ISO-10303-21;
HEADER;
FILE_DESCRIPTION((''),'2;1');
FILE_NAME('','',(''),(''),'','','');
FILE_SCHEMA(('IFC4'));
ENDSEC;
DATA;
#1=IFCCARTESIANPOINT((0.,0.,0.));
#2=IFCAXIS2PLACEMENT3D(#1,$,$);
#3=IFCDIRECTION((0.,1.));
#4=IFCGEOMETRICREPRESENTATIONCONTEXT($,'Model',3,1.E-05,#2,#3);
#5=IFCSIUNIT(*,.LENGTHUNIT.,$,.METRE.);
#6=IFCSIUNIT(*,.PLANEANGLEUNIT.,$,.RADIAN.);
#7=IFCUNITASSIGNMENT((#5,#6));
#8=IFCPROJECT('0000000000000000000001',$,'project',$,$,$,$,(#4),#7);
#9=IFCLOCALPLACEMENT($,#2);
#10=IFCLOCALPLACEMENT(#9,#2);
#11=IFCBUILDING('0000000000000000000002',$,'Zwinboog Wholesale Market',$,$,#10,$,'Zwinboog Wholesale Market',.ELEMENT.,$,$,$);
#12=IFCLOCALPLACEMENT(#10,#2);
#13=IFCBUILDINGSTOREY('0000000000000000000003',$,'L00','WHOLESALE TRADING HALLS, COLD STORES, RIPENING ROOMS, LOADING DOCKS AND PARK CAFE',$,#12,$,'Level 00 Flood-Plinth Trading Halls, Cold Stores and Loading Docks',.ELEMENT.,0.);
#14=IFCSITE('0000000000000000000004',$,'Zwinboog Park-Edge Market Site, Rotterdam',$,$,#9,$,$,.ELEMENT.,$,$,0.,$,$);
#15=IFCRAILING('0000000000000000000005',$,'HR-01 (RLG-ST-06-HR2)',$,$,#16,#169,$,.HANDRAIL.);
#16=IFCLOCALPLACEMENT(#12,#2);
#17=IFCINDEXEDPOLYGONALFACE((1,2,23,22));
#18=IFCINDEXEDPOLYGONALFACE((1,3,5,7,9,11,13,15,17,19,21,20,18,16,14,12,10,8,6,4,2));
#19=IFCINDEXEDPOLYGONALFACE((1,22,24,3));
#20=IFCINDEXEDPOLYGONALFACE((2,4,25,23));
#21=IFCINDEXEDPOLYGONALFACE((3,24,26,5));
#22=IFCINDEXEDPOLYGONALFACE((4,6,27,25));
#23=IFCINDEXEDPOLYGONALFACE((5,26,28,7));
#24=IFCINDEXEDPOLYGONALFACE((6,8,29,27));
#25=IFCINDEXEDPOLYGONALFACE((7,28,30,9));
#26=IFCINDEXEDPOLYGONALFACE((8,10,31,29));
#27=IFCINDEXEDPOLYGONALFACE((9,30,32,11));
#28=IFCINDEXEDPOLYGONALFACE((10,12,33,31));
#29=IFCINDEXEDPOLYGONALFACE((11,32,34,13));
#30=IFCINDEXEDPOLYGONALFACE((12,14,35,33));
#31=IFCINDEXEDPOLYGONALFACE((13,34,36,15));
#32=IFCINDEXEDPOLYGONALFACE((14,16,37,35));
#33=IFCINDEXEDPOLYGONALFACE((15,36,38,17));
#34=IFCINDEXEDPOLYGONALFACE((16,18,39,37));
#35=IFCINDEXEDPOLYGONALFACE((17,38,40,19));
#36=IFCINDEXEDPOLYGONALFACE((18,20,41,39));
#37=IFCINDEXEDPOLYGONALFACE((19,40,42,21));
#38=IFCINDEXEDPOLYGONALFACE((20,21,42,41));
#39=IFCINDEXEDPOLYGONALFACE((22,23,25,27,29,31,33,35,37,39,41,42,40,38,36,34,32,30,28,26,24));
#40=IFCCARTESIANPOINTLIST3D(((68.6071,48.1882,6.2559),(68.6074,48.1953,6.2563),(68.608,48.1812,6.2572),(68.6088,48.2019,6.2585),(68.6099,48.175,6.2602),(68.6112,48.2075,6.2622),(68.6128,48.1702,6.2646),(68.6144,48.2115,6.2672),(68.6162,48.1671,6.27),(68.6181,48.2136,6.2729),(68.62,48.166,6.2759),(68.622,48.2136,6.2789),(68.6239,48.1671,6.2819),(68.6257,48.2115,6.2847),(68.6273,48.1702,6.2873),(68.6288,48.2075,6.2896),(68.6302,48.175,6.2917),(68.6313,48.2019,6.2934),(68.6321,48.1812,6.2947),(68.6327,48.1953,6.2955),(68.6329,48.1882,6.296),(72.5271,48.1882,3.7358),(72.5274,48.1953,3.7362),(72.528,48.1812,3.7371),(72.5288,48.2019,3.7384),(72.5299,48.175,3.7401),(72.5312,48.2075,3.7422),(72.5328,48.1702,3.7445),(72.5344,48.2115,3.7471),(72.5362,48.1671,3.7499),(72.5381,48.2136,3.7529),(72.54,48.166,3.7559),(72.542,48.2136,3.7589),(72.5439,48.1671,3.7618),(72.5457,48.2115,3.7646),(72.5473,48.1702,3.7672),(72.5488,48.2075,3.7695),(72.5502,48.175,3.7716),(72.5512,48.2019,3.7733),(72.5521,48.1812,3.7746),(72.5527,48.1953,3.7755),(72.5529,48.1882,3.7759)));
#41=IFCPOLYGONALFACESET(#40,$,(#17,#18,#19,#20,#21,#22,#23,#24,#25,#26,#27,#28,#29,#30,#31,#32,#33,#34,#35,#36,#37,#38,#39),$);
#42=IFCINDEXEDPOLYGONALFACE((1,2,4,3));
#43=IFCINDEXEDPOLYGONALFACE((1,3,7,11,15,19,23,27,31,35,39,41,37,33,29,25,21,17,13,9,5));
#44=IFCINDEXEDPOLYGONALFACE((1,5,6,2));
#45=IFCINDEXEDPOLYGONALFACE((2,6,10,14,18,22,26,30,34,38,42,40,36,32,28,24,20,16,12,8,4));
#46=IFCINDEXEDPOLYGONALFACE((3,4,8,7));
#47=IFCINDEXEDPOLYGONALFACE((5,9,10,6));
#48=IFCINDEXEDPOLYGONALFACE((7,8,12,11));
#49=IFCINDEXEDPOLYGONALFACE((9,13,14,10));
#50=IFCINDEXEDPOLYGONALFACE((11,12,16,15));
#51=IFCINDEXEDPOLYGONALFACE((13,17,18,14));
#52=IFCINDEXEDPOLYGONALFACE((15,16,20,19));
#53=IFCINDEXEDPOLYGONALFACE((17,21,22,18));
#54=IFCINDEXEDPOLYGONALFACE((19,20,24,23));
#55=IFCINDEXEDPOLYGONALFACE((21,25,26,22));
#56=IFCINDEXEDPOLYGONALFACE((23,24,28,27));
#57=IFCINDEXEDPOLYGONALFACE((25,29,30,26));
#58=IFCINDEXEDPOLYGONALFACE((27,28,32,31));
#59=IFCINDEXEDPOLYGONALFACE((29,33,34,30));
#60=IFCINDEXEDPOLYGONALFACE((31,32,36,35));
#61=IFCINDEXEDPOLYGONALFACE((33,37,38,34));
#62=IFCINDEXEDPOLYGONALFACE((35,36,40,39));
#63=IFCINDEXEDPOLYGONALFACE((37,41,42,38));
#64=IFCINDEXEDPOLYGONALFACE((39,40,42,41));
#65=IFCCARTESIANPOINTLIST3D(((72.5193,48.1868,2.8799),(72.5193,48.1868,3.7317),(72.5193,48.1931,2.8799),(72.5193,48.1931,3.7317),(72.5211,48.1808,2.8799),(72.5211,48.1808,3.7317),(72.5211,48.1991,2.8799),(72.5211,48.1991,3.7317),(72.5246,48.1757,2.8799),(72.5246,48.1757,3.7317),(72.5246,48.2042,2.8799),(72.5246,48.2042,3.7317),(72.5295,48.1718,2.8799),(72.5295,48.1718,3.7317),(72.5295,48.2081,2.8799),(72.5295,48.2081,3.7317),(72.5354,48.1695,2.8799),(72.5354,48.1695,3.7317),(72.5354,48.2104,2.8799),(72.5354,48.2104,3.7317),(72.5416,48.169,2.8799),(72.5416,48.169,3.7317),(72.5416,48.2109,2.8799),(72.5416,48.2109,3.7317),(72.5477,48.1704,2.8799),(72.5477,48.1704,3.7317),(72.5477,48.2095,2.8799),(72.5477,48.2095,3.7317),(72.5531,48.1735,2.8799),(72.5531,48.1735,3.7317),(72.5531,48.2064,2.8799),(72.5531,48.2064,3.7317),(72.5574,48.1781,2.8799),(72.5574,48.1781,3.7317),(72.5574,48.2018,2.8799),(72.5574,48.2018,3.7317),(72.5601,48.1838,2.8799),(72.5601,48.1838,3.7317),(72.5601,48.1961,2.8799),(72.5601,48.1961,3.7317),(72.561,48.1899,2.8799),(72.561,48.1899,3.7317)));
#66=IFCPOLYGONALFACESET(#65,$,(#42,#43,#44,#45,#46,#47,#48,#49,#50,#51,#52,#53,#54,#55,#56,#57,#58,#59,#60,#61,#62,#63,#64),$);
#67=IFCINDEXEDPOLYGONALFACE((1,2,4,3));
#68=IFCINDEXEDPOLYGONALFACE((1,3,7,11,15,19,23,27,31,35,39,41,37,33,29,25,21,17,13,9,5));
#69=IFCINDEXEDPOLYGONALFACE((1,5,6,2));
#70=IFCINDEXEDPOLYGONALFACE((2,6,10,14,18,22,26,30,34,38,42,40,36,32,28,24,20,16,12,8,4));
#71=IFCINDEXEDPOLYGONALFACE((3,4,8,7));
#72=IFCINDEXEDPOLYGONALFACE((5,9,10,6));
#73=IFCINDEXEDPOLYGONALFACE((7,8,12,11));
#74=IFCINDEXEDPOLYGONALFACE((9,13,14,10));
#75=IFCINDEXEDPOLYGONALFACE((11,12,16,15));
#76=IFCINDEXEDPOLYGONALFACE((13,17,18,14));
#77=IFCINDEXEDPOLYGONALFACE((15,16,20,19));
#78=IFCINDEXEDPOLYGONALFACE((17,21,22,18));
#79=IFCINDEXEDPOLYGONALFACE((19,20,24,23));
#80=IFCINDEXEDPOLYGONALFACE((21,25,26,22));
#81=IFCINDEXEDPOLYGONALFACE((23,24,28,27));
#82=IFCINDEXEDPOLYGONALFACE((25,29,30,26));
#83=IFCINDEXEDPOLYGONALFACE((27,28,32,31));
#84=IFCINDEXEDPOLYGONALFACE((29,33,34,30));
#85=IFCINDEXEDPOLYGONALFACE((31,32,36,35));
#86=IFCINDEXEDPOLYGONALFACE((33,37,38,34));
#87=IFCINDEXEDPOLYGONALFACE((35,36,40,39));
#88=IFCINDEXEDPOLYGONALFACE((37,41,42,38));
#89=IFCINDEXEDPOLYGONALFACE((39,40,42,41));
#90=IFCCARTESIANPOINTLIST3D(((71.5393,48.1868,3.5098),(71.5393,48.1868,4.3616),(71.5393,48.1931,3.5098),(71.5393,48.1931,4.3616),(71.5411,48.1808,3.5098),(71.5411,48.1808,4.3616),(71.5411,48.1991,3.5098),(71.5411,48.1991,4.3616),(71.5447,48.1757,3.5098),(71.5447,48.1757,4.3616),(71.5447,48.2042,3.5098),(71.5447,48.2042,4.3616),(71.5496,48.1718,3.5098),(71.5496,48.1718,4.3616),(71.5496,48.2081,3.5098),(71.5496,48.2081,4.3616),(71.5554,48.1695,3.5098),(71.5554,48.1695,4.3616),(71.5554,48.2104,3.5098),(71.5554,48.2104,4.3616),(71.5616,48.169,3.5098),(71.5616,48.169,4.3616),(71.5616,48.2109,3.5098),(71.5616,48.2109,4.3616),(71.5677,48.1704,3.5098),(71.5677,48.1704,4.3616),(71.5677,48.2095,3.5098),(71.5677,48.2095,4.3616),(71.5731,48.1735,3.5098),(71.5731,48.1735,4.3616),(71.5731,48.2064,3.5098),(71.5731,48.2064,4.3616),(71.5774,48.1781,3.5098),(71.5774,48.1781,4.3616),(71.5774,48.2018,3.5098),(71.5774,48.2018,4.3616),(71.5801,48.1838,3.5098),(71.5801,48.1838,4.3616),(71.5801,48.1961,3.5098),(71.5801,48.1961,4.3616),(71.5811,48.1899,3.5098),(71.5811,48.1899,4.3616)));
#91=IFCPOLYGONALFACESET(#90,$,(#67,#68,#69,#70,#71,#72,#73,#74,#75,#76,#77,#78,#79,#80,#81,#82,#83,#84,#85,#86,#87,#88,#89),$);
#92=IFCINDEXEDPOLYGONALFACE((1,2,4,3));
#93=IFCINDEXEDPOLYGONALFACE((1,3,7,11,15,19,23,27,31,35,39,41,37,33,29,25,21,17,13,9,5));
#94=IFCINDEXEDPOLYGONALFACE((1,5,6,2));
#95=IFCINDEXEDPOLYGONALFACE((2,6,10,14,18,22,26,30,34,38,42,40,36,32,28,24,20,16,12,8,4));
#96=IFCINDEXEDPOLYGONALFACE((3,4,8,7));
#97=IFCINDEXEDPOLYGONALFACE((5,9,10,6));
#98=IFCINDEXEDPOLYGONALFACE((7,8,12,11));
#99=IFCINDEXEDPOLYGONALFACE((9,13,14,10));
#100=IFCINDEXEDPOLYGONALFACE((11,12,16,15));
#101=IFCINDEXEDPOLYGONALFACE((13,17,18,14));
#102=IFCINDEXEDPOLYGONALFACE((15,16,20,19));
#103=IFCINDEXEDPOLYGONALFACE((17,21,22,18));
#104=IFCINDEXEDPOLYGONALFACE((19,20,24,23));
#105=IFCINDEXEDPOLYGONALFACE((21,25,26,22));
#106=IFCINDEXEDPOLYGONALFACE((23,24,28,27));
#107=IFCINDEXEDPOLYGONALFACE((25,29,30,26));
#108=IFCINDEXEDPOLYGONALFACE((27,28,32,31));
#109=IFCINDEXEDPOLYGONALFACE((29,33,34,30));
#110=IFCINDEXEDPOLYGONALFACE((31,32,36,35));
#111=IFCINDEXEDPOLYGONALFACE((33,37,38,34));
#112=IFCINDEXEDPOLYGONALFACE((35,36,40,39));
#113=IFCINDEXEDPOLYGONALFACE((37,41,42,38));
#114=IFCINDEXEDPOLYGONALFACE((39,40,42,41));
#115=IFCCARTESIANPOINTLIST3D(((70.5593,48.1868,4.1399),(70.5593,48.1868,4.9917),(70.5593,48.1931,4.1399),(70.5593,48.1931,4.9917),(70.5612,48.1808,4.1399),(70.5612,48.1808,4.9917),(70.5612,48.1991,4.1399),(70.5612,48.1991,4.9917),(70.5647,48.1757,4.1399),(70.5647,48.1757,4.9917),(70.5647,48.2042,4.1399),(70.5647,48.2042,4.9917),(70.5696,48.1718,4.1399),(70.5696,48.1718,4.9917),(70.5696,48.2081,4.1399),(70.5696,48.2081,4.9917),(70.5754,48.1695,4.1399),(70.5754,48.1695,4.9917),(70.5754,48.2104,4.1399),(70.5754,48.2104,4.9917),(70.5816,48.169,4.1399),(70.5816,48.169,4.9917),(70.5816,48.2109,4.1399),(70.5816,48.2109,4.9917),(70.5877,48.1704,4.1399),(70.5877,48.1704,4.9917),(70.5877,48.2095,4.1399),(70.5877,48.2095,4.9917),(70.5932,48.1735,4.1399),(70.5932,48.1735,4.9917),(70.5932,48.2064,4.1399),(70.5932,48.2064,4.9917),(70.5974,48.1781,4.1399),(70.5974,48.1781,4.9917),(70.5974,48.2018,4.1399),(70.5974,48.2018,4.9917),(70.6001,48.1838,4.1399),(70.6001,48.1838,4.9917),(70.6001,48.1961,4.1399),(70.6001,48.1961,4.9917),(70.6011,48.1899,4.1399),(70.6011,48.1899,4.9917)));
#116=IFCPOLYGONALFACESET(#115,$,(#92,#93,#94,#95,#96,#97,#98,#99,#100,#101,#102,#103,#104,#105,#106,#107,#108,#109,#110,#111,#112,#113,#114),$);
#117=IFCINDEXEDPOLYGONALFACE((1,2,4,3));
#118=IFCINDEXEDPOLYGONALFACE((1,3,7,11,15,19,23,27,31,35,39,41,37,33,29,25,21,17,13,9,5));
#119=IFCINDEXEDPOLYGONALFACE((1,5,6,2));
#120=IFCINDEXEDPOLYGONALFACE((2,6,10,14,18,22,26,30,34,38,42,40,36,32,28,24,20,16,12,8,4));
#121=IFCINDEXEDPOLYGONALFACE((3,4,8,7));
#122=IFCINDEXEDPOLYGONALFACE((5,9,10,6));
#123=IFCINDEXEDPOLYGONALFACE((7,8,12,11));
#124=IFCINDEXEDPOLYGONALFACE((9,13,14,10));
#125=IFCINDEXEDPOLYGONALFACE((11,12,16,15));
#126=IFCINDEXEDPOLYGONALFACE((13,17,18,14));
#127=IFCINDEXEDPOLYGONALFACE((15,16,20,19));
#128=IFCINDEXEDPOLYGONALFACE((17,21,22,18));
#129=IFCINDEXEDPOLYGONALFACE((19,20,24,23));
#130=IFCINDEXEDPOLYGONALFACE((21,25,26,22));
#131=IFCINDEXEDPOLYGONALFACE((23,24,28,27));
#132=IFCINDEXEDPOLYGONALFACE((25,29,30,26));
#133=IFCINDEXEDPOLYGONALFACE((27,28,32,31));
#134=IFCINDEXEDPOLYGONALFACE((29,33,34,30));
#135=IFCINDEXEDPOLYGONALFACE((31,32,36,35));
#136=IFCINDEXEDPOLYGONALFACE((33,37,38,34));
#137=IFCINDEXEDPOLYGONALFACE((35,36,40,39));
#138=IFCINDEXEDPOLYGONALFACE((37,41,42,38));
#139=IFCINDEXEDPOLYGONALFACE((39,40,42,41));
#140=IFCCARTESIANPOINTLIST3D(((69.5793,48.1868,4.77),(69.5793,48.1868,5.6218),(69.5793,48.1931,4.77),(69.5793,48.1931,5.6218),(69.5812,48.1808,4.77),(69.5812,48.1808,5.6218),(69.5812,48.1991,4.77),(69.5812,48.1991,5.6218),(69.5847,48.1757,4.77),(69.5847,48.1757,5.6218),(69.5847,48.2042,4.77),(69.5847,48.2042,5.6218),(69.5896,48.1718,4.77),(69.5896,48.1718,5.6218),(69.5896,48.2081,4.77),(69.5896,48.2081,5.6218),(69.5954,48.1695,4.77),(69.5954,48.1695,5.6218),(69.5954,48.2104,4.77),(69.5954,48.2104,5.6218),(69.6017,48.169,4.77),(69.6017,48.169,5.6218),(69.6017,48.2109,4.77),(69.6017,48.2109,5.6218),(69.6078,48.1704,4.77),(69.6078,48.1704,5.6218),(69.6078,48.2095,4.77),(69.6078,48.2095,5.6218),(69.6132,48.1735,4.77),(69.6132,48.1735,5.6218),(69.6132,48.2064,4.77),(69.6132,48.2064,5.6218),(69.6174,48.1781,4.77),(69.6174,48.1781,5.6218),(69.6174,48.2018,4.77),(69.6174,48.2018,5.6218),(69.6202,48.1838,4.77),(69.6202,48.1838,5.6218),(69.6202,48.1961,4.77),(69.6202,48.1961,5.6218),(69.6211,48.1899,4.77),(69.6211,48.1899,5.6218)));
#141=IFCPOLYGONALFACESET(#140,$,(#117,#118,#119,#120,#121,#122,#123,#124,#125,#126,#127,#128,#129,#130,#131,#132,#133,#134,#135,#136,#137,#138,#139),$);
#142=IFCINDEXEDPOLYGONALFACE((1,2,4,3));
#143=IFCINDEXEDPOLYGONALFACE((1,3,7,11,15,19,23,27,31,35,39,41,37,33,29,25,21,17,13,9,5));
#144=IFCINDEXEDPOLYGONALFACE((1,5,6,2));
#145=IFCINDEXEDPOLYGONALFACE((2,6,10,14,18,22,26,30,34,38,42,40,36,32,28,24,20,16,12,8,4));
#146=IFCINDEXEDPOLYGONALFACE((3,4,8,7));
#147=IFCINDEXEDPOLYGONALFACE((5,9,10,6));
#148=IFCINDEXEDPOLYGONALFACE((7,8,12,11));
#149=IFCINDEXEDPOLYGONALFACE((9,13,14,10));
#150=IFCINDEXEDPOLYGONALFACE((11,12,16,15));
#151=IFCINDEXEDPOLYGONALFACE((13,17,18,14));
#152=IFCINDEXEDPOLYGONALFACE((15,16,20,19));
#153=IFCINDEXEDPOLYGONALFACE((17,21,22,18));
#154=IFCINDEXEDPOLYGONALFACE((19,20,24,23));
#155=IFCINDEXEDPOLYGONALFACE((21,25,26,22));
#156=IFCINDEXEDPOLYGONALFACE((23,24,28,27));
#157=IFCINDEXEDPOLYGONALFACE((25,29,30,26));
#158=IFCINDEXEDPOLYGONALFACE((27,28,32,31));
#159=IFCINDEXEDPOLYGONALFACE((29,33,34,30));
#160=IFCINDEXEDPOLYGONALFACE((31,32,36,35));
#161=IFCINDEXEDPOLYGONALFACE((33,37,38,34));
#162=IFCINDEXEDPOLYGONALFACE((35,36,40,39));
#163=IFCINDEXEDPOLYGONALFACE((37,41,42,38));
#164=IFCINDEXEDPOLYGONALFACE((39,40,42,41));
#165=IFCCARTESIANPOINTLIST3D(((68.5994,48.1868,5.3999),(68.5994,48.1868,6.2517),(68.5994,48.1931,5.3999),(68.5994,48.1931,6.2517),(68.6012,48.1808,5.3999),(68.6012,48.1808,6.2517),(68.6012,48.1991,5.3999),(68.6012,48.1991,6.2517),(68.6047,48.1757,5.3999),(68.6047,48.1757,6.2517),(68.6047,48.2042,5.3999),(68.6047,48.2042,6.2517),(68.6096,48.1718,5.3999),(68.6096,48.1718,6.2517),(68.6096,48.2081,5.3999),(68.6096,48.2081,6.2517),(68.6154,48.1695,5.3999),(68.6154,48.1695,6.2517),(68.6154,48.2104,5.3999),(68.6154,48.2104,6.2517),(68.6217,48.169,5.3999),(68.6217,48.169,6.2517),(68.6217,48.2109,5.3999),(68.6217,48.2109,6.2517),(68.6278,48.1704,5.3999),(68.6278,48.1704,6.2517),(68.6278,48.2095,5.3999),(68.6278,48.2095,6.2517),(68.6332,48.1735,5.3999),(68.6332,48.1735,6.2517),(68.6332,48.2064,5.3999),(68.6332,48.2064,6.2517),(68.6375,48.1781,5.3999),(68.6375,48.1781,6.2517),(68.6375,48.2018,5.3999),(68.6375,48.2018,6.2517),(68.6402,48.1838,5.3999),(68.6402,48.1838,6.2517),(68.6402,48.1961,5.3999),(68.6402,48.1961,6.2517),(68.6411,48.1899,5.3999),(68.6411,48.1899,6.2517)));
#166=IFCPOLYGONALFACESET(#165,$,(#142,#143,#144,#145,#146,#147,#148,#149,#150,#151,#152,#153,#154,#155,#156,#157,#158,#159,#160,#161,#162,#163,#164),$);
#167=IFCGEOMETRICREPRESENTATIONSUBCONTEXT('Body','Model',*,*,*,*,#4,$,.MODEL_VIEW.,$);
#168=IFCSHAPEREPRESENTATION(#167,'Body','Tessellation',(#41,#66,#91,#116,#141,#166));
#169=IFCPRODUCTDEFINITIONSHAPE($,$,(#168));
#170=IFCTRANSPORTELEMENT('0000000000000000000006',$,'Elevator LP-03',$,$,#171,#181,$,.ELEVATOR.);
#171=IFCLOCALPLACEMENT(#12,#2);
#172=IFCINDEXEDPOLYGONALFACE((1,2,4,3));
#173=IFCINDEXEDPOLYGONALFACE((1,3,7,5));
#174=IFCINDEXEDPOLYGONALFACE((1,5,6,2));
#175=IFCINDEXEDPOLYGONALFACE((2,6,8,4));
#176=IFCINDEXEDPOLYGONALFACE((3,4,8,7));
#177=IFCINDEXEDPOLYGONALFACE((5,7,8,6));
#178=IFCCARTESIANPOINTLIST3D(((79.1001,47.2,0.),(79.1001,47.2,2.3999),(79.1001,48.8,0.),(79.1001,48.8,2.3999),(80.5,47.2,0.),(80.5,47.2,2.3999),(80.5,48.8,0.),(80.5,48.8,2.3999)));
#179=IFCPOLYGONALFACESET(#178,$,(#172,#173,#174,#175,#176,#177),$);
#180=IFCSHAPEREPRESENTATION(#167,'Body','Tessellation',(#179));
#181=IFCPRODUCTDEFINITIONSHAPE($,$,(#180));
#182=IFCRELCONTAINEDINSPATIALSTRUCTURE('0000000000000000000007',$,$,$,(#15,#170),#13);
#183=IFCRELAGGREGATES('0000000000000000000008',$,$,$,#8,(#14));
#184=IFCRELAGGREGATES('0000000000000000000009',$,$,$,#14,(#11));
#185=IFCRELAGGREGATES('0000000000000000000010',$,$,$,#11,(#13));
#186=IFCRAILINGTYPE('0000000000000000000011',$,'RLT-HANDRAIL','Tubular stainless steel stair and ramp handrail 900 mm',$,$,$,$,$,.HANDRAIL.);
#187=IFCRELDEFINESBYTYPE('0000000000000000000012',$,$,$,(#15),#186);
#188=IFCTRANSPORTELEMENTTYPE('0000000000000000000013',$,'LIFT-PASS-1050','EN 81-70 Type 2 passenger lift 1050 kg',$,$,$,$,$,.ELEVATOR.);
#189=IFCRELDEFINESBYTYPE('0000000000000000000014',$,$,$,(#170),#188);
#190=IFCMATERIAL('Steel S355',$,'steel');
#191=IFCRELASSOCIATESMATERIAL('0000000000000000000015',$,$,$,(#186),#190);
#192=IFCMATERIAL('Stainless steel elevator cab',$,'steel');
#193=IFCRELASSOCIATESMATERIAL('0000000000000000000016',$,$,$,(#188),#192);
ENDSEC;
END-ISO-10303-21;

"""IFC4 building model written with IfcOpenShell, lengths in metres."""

from ifc_helpers import new_model, si_unit, direction, frame, origin, origin_2d, place, context, subcontext, project, spatial, rectangle, circle, extrude, material, type_object, element, save


model = new_model("IFC4")

# Units and contexts
model_context = context("Model", 3, precision=1e-05, world=origin(), true_north=direction((0.0, 1.0)))
body_context = subcontext(model_context, "Body", "Model", "MODEL_VIEW")
ifc_project = project(units=[si_unit("LENGTHUNIT", "METRE"), si_unit("PLANEANGLEUNIT", "RADIAN")], contexts=[model_context])

# Site, building, storey
site_placement = place(None, origin())
site = spatial("IfcSite", under=ifc_project, at=site_placement, Name="Zwinboog Park-Edge Market Site, Rotterdam", CompositionType="ELEMENT", RefElevation=0.0)
building_placement = place(site_placement, origin())
building = spatial("IfcBuilding", under=site, at=building_placement, Name="Zwinboog Wholesale Market", LongName="Zwinboog Wholesale Market", CompositionType="ELEMENT")
storey_placement = place(building_placement, origin())
storey = spatial("IfcBuildingStorey", under=building, at=storey_placement, Name="L00", Description="WHOLESALE TRADING HALLS, COLD STORES, RIPENING ROOMS, LOADING DOCKS AND PARK CAFE", LongName="Level 00 Flood-Plinth Trading Halls, Cold Stores and Loading Docks", CompositionType="ELEMENT", Elevation=0.0)

# Railing
ifc_material_1 = material(Name="Steel S355", Category="steel")
railing_type = type_object("IfcRailingType", Name="RLT-HANDRAIL", Description="Tubular stainless steel stair and ramp handrail 900 mm", PredefinedType="HANDRAIL", material=ifc_material_1)
railing_placement = place(storey_placement, frame((72.54, 48.1899, 2.8799)))
element("IfcRailing", 1, at=railing_placement, inside=storey, type_object=railing_type, Name="HR-01 (RLG-ST-06-HR2)", PredefinedType="HANDRAIL", context=body_context, shape_type="SweptSolid", body=[
    extrude(circle(Radius=0.0239, at=origin_2d()), frame((0.0, 0.0, 0.876), z_axis=(-0.841172, 0.0, 0.540768), x_axis=(0.0, -1.0, 0.0)), (0.0, 0.0, 1.0), 4.6602),
    extrude(circle(Radius=0.021, at=origin_2d()), origin(), (0.0, 0.0, 1.0), 0.8518),
    extrude(circle(Radius=0.021, at=origin_2d()), frame((-0.98, 0.0, 0.6299)), (0.0, 0.0, 1.0), 0.8518),
    extrude(circle(Radius=0.021, at=origin_2d()), frame((-1.96, 0.0, 1.26)), (0.0, 0.0, 1.0), 0.8518),
    extrude(circle(Radius=0.021, at=origin_2d()), frame((-2.9399, 0.0, 1.8901)), (0.0, 0.0, 1.0), 0.8518),
    extrude(circle(Radius=0.021, at=origin_2d()), frame((-3.9199, 0.0, 2.52)), (0.0, 0.0, 1.0), 0.8518),
])

# Transport element
ifc_material_2 = material(Name="Stainless steel elevator cab", Category="steel")
transport_element_type = type_object("IfcTransportElementType", Name="LIFT-PASS-1050", Description="EN 81-70 Type 2 passenger lift 1050 kg", PredefinedType="ELEVATOR", material=ifc_material_2)
transport_element_placement = place(storey_placement, frame((79.8, 48.0, 0.0), z_axis=(0.0, 0.0, 1.0), x_axis=(1.0, 0.0, 0.0)))
element("IfcTransportElement", 2, at=transport_element_placement, inside=storey, type_object=transport_element_type, Name="Elevator LP-03", PredefinedType="ELEVATOR", context=body_context, shape_type="SweptSolid", body=[
    extrude(rectangle(XDim=1.3999, YDim=1.6001, at=origin_2d()), origin(), (0.0, 0.0, 1.0), 2.3999),
])

save(model, "model.ifc")
